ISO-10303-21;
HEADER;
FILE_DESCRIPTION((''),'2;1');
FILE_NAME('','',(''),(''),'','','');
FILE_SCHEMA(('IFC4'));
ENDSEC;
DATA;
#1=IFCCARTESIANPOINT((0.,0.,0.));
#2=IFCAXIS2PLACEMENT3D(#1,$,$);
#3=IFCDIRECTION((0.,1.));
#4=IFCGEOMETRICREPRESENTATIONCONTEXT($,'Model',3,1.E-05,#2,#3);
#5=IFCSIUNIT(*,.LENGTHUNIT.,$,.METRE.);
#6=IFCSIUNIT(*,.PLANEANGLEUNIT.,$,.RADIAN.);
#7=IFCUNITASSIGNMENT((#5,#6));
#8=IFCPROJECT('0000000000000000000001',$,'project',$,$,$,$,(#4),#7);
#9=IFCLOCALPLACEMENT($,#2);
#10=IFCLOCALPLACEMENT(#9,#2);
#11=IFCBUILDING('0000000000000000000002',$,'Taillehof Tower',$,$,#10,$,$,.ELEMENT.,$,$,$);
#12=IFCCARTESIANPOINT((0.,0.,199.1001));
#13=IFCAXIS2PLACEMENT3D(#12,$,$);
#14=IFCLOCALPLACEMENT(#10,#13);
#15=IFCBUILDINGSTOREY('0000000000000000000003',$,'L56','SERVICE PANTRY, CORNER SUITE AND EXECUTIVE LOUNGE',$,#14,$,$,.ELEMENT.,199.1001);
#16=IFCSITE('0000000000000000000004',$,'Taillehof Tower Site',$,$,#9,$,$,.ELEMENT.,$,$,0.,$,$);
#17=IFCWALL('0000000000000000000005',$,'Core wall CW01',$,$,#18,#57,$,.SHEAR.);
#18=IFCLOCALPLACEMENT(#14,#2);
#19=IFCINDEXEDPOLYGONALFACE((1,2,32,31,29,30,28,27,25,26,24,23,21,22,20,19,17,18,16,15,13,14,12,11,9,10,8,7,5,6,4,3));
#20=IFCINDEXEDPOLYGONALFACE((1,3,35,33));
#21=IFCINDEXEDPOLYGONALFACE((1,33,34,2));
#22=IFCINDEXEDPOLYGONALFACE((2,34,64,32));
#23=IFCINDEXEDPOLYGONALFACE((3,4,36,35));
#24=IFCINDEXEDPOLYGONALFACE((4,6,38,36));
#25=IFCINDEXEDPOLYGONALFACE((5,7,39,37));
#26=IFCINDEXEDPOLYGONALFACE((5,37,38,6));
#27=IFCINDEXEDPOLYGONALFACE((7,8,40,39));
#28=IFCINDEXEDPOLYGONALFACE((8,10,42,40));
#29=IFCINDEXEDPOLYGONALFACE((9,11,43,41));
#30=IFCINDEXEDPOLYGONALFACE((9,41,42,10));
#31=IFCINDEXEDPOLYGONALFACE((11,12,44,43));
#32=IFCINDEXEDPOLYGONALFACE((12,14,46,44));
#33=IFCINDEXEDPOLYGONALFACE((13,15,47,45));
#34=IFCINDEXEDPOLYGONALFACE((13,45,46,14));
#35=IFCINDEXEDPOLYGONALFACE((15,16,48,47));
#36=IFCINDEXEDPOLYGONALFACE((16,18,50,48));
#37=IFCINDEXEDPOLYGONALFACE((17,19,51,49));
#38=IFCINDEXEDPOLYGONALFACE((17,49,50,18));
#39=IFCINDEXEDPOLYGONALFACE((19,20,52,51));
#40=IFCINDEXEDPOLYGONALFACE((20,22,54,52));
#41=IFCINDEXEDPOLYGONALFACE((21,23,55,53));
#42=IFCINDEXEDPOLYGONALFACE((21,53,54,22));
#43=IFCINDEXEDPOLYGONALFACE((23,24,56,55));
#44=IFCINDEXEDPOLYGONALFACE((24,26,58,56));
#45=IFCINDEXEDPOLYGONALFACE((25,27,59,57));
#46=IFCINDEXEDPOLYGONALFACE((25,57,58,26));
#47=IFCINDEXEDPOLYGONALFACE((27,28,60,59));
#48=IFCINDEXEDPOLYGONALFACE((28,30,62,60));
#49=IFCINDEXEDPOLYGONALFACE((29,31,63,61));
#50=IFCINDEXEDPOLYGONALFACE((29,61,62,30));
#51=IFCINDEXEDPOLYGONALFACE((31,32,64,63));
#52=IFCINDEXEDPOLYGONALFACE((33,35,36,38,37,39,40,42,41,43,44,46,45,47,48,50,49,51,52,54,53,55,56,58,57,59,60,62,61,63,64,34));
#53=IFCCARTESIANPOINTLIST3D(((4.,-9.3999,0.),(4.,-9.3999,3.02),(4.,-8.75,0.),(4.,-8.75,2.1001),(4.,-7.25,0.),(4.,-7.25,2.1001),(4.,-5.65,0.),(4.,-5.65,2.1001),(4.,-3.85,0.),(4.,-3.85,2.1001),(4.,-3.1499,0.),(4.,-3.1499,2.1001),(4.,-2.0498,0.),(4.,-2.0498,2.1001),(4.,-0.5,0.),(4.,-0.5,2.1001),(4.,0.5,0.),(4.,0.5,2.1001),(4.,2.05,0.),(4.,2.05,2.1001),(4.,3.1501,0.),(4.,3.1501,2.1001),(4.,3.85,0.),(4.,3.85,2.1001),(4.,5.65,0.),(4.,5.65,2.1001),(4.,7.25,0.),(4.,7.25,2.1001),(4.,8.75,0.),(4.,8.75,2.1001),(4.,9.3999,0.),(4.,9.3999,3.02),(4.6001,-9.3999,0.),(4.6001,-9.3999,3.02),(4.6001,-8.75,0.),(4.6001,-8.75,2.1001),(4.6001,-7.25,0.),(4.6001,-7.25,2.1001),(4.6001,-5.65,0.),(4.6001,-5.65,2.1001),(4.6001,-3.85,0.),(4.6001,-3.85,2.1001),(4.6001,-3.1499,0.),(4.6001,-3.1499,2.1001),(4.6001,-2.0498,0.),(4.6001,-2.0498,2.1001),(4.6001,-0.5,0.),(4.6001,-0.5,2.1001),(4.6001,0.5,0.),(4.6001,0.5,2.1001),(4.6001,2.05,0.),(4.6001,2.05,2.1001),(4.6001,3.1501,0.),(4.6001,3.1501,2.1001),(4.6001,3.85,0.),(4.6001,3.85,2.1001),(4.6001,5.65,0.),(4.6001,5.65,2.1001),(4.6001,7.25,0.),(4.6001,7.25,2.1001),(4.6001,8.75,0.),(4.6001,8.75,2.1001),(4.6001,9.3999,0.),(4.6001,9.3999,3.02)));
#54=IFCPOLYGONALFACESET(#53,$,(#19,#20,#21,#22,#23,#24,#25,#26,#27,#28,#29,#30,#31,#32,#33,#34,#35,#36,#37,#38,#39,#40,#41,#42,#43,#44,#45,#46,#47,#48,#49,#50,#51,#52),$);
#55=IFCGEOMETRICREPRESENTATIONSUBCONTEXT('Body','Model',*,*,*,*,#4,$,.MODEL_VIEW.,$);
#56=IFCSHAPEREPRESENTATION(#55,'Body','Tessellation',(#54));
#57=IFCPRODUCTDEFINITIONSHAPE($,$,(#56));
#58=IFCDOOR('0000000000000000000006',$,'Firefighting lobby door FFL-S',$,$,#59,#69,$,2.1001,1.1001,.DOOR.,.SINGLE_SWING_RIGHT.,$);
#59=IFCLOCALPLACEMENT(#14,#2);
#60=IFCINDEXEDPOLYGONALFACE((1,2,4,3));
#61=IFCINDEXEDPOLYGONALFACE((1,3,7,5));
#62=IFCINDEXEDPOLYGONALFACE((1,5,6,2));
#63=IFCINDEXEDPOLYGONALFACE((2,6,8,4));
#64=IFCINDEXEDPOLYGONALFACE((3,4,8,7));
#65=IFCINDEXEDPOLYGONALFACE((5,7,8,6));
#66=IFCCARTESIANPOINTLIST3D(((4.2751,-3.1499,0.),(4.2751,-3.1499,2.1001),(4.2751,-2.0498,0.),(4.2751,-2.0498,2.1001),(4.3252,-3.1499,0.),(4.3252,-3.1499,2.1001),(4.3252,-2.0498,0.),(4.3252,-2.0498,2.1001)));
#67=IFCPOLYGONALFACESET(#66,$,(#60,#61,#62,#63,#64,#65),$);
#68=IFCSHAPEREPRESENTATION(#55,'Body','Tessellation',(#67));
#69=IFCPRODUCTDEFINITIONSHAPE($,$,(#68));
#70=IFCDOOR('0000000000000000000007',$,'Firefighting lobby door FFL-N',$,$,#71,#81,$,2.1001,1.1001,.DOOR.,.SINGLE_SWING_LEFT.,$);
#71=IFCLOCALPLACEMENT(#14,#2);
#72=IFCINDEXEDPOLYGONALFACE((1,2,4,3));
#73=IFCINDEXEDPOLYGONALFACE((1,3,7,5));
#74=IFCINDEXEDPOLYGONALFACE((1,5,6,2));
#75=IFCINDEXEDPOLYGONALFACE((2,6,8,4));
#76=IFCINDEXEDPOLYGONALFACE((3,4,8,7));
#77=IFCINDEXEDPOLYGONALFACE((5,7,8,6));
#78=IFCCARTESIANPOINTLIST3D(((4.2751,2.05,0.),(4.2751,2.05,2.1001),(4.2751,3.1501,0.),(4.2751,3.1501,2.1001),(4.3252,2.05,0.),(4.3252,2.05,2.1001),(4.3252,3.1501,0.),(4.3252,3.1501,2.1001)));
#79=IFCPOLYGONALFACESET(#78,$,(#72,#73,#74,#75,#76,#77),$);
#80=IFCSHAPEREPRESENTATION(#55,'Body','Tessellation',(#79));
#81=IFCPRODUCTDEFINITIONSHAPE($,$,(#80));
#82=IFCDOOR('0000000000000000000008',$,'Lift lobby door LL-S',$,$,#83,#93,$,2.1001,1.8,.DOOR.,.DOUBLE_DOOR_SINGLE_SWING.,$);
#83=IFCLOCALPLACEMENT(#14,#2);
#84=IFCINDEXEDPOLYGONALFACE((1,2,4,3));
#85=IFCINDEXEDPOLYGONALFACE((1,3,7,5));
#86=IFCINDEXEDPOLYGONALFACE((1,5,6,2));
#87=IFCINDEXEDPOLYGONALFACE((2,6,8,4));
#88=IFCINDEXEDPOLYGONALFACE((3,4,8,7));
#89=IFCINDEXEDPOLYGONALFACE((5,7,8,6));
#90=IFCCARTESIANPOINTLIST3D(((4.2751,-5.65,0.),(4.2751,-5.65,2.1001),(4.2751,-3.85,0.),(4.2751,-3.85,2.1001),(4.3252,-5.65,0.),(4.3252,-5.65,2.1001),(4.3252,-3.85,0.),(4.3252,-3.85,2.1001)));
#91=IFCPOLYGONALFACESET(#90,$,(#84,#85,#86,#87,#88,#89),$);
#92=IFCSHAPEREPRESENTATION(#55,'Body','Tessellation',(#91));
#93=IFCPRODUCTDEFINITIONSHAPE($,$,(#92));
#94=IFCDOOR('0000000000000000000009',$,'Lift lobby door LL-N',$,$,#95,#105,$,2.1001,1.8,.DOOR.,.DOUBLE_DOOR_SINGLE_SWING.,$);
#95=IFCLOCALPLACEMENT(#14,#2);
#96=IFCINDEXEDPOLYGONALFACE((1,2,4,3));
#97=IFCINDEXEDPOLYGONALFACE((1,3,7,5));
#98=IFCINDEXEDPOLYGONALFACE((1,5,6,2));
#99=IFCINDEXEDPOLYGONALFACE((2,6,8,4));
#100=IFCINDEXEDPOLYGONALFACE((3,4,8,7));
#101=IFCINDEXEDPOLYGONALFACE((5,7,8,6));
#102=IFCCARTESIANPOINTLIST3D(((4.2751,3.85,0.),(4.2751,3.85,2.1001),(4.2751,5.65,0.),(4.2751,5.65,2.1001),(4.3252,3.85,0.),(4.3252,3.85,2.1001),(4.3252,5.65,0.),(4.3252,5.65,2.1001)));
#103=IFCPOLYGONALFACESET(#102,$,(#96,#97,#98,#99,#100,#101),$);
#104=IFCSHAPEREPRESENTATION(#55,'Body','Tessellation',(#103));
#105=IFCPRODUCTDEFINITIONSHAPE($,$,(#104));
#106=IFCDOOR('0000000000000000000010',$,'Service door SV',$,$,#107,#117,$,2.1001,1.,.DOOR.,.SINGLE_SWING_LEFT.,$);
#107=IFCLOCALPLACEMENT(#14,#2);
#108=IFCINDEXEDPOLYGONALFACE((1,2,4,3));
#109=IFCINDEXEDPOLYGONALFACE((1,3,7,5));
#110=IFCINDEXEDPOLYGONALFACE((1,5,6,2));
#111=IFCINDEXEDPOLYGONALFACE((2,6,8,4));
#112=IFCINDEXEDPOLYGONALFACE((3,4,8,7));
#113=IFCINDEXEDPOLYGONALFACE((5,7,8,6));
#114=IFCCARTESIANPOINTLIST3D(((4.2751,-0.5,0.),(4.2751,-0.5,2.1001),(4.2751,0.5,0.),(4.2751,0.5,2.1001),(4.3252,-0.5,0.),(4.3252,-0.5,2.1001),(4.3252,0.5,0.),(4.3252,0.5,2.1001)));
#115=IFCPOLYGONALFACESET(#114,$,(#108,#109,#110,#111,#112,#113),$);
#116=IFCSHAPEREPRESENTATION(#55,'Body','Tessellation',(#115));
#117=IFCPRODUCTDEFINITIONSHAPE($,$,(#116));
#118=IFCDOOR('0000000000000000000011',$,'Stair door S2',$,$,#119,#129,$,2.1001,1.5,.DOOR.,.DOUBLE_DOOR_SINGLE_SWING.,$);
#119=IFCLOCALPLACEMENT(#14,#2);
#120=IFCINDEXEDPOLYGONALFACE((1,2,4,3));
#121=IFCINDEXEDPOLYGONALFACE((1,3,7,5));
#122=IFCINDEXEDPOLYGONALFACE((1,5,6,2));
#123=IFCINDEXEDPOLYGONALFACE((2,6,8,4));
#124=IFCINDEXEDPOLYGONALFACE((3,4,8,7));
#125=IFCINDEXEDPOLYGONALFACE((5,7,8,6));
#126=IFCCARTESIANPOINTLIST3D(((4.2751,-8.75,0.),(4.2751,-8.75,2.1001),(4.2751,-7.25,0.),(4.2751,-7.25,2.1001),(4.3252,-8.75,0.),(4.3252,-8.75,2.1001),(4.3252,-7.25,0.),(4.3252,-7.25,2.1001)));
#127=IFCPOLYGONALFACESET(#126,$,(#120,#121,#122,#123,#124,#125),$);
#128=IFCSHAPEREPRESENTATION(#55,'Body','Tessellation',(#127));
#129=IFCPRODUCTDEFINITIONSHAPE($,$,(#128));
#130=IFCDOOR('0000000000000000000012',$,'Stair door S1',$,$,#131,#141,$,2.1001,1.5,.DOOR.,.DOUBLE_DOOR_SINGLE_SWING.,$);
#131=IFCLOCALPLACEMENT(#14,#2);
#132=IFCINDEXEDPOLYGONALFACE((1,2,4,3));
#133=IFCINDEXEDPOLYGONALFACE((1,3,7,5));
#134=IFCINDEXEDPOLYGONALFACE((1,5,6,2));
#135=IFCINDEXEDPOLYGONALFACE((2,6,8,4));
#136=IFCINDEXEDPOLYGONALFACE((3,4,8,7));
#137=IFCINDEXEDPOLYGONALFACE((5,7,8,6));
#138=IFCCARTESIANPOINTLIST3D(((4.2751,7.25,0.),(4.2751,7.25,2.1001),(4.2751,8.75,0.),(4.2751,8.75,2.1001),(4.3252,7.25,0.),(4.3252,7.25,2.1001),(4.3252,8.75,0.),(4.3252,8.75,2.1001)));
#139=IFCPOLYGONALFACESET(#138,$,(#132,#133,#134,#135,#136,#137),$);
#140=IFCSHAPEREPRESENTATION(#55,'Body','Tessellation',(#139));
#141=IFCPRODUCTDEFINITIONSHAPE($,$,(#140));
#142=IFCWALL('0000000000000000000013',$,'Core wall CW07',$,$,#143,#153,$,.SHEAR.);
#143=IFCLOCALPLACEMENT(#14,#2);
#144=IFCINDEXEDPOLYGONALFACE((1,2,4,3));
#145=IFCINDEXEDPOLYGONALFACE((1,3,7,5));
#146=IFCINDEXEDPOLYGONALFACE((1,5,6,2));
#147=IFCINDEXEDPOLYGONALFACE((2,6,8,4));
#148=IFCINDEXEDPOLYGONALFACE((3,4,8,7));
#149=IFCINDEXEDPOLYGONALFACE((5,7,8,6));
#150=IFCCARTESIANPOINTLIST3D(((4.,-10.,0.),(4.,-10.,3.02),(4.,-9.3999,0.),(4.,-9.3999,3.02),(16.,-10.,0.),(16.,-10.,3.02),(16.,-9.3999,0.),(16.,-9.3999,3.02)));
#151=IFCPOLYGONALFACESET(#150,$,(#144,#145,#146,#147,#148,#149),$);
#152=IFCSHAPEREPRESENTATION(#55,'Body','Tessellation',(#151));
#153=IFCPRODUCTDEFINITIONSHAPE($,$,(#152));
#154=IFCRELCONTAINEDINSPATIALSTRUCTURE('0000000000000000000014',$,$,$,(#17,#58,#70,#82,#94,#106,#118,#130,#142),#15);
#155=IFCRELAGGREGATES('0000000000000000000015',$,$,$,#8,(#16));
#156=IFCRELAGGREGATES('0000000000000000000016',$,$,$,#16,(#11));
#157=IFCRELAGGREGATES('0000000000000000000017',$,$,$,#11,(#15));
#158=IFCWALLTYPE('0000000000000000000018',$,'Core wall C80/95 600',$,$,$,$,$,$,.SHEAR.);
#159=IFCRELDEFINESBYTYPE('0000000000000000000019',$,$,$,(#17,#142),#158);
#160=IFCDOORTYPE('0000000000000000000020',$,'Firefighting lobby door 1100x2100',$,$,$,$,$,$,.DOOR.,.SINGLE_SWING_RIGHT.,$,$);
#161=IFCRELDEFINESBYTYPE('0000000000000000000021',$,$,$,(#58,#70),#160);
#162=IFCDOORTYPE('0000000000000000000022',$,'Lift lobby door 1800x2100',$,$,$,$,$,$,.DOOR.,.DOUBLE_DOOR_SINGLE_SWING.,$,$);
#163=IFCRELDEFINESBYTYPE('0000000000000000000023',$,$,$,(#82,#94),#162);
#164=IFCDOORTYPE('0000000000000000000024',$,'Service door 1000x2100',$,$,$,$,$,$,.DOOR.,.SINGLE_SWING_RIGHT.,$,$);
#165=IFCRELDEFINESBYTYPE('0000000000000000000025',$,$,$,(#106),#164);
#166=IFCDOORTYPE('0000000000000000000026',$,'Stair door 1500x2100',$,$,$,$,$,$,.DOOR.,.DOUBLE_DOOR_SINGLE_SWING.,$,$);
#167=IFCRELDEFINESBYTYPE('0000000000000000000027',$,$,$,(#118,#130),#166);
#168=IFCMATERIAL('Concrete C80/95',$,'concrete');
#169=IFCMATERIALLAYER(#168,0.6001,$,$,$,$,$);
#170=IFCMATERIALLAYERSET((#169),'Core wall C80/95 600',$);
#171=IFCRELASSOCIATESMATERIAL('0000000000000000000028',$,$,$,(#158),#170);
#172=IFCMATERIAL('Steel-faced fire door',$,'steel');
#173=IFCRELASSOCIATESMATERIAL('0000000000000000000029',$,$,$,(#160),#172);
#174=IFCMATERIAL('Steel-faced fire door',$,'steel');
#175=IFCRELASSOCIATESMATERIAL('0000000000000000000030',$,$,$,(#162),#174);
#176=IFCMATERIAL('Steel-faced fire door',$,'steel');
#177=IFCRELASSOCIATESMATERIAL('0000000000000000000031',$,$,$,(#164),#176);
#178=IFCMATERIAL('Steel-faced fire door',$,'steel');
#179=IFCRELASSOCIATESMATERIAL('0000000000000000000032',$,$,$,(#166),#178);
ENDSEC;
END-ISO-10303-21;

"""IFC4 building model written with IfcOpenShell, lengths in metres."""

from ifc_helpers import new_model, si_unit, direction, frame, frame_2d, origin, place, context, subcontext, project, spatial, rectangle, extrude, material, layer, layer_set, type_object, element, fill, save


model = new_model("IFC4")

# Units and contexts
model_context = context("Model", 3, precision=1e-05, world=origin(), true_north=direction((0.0, 1.0)))
body_context = subcontext(model_context, "Body", "Model", "MODEL_VIEW")
ifc_project = project(units=[si_unit("LENGTHUNIT", "METRE"), si_unit("PLANEANGLEUNIT", "RADIAN")], contexts=[model_context])

# Site, building, storey
site_placement = place(None, origin())
site = spatial("IfcSite", under=ifc_project, at=site_placement, Name="Taillehof Tower Site", CompositionType="ELEMENT", RefElevation=0.0)
building_placement = place(site_placement, origin())
building = spatial("IfcBuilding", under=site, at=building_placement, Name="Taillehof Tower", CompositionType="ELEMENT")
storey_placement = place(building_placement, frame((0.0, 0.0, 199.1001)))
storey = spatial("IfcBuildingStorey", under=building, at=storey_placement, Name="L56", Description="SERVICE PANTRY, CORNER SUITE AND EXECUTIVE LOUNGE", CompositionType="ELEMENT", Elevation=199.1001)

# Wall, openings, doors
ifc_material_1 = material(Name="Concrete C80/95", Category="concrete")
ifc_layer_1 = layer(ifc_material_1, 0.6001)
ifc_layer_set_1 = layer_set([ifc_layer_1], Name="Core wall C80/95 600")
wall_type_1 = type_object("IfcWallType", Name="Core wall C80/95 600", PredefinedType="SHEAR", material=ifc_layer_set_1)
wall_1_placement = place(storey_placement, frame((4.3, -9.3999, 0.0), z_axis=(0.0, 0.0, 1.0), x_axis=(0.0, 1.0, 0.0)))
wall_1 = element("IfcWall", 1, at=wall_1_placement, inside=storey, type_object=wall_type_1, Name="Core wall CW01", PredefinedType="SHEAR", context=body_context, shape_type="SweptSolid", body=[
    extrude(rectangle(XDim=18.7998, YDim=0.6001, at=frame_2d((9.3999, 0.0))), origin(), (0.0, 0.0, 1.0), 3.02),
])
opening_1_placement = place(wall_1_placement, frame((0.6499, 0.0, 0.0)))
opening_1 = element("IfcOpeningElement", 2, at=opening_1_placement, cuts=wall_1, PredefinedType="OPENING", context=body_context, shape_type="SweptSolid", body=[
    extrude(rectangle(XDim=1.5, YDim=2.1001, at=frame_2d((0.75, 1.05))), frame((0.0, 0.3101, 0.0), z_axis=(0.0, -1.0, 0.0), x_axis=(1.0, 0.0, 0.0)), (0.0, 0.0, 1.0), 0.6201),
])
opening_2_placement = place(wall_1_placement, frame((3.75, 0.0, 0.0)))
opening_2 = element("IfcOpeningElement", 3, at=opening_2_placement, cuts=wall_1, PredefinedType="OPENING", context=body_context, shape_type="SweptSolid", body=[
    extrude(rectangle(XDim=1.8, YDim=2.1001, at=frame_2d((0.8999, 1.05))), frame((0.0, 0.3101, 0.0), z_axis=(0.0, -1.0, 0.0), x_axis=(1.0, 0.0, 0.0)), (0.0, 0.0, 1.0), 0.6201),
])
opening_3_placement = place(wall_1_placement, frame((6.25, 0.0, 0.0)))
opening_3 = element("IfcOpeningElement", 4, at=opening_3_placement, cuts=wall_1, PredefinedType="OPENING", context=body_context, shape_type="SweptSolid", body=[
    extrude(rectangle(XDim=1.1001, YDim=2.1001, at=frame_2d((0.55, 1.05))), frame((0.0, 0.3101, 0.0), z_axis=(0.0, -1.0, 0.0), x_axis=(1.0, 0.0, 0.0)), (0.0, 0.0, 1.0), 0.6201),
])
opening_4_placement = place(wall_1_placement, frame((8.8999, 0.0, 0.0)))
opening_4 = element("IfcOpeningElement", 5, at=opening_4_placement, cuts=wall_1, PredefinedType="OPENING", context=body_context, shape_type="SweptSolid", body=[
    extrude(rectangle(XDim=1.0, YDim=2.1001, at=frame_2d((0.5, 1.05))), frame((0.0, 0.3101, 0.0), z_axis=(0.0, -1.0, 0.0), x_axis=(1.0, 0.0, 0.0)), (0.0, 0.0, 1.0), 0.6201),
])
opening_5_placement = place(wall_1_placement, frame((11.45, 0.0, 0.0)))
opening_5 = element("IfcOpeningElement", 6, at=opening_5_placement, cuts=wall_1, PredefinedType="OPENING", context=body_context, shape_type="SweptSolid", body=[
    extrude(rectangle(XDim=1.1001, YDim=2.1001, at=frame_2d((0.55, 1.05))), frame((0.0, 0.3101, 0.0), z_axis=(0.0, -1.0, 0.0), x_axis=(1.0, 0.0, 0.0)), (0.0, 0.0, 1.0), 0.6201),
])
opening_6_placement = place(wall_1_placement, frame((13.25, 0.0, 0.0)))
opening_6 = element("IfcOpeningElement", 7, at=opening_6_placement, cuts=wall_1, PredefinedType="OPENING", context=body_context, shape_type="SweptSolid", body=[
    extrude(rectangle(XDim=1.8, YDim=2.1001, at=frame_2d((0.8999, 1.05))), frame((0.0, 0.3101, 0.0), z_axis=(0.0, -1.0, 0.0), x_axis=(1.0, 0.0, 0.0)), (0.0, 0.0, 1.0), 0.6201),
])
opening_7_placement = place(wall_1_placement, frame((16.6499, 0.0, 0.0)))
opening_7 = element("IfcOpeningElement", 8, at=opening_7_placement, cuts=wall_1, PredefinedType="OPENING", context=body_context, shape_type="SweptSolid", body=[
    extrude(rectangle(XDim=1.5, YDim=2.1001, at=frame_2d((0.75, 1.05))), frame((0.0, 0.3101, 0.0), z_axis=(0.0, -1.0, 0.0), x_axis=(1.0, 0.0, 0.0)), (0.0, 0.0, 1.0), 0.6201),
])
ifc_material_2 = material(Name="Steel-faced fire door", Category="steel")
door_type_1 = type_object("IfcDoorType", Name="Firefighting lobby door 1100x2100", OperationType="SINGLE_SWING_RIGHT", PredefinedType="DOOR", material=ifc_material_2)
door_1_placement = place(opening_3_placement, origin())
door_1 = element("IfcDoor", 9, at=door_1_placement, inside=storey, type_object=door_type_1, Name="Firefighting lobby door FFL-S", OperationType="SINGLE_SWING_RIGHT", OverallHeight=2.1001, OverallWidth=1.1001, PredefinedType="DOOR", context=body_context, shape_type="SweptSolid", body=[
    extrude(rectangle(XDim=1.1001, YDim=2.1001, at=frame_2d((0.55, 1.05))), frame((0.0, 0.0249, 0.0), z_axis=(0.0, -1.0, 0.0), x_axis=(1.0, 0.0, 0.0)), (0.0, 0.0, 1.0), 0.05),
])
fill(opening_3, door_1)
door_2_placement = place(opening_5_placement, origin())
door_2 = element("IfcDoor", 10, at=door_2_placement, inside=storey, type_object=door_type_1, Name="Firefighting lobby door FFL-N", OperationType="SINGLE_SWING_LEFT", OverallHeight=2.1001, OverallWidth=1.1001, PredefinedType="DOOR", context=body_context, shape_type="SweptSolid", body=[
    extrude(rectangle(XDim=1.1001, YDim=2.1001, at=frame_2d((0.55, 1.05))), frame((0.0, 0.0249, 0.0), z_axis=(0.0, -1.0, 0.0), x_axis=(1.0, 0.0, 0.0)), (0.0, 0.0, 1.0), 0.05),
])
fill(opening_5, door_2)
ifc_material_3 = material(Name="Steel-faced fire door", Category="steel")
door_type_2 = type_object("IfcDoorType", Name="Lift lobby door 1800x2100", OperationType="DOUBLE_DOOR_SINGLE_SWING", PredefinedType="DOOR", material=ifc_material_3)
door_3_placement = place(opening_2_placement, origin())
door_3 = element("IfcDoor", 11, at=door_3_placement, inside=storey, type_object=door_type_2, Name="Lift lobby door LL-S", OperationType="DOUBLE_DOOR_SINGLE_SWING", OverallHeight=2.1001, OverallWidth=1.8, PredefinedType="DOOR", context=body_context, shape_type="SweptSolid", body=[
    extrude(rectangle(XDim=1.8, YDim=2.1001, at=frame_2d((0.8999, 1.05))), frame((0.0, 0.0249, 0.0), z_axis=(0.0, -1.0, 0.0), x_axis=(1.0, 0.0, 0.0)), (0.0, 0.0, 1.0), 0.05),
])
fill(opening_2, door_3)
door_4_placement = place(opening_6_placement, origin())
door_4 = element("IfcDoor", 12, at=door_4_placement, inside=storey, type_object=door_type_2, Name="Lift lobby door LL-N", OperationType="DOUBLE_DOOR_SINGLE_SWING", OverallHeight=2.1001, OverallWidth=1.8, PredefinedType="DOOR", context=body_context, shape_type="SweptSolid", body=[
    extrude(rectangle(XDim=1.8, YDim=2.1001, at=frame_2d((0.8999, 1.05))), frame((0.0, 0.0249, 0.0), z_axis=(0.0, -1.0, 0.0), x_axis=(1.0, 0.0, 0.0)), (0.0, 0.0, 1.0), 0.05),
])
fill(opening_6, door_4)
ifc_material_4 = material(Name="Steel-faced fire door", Category="steel")
door_type_3 = type_object("IfcDoorType", Name="Service door 1000x2100", OperationType="SINGLE_SWING_RIGHT", PredefinedType="DOOR", material=ifc_material_4)
door_5_placement = place(opening_4_placement, origin())
door_5 = element("IfcDoor", 13, at=door_5_placement, inside=storey, type_object=door_type_3, Name="Service door SV", OperationType="SINGLE_SWING_LEFT", OverallHeight=2.1001, OverallWidth=1.0, PredefinedType="DOOR", context=body_context, shape_type="SweptSolid", body=[
    extrude(rectangle(XDim=1.0, YDim=2.1001, at=frame_2d((0.5, 1.05))), frame((0.0, 0.0249, 0.0), z_axis=(0.0, -1.0, 0.0), x_axis=(1.0, 0.0, 0.0)), (0.0, 0.0, 1.0), 0.05),
])
fill(opening_4, door_5)
ifc_material_5 = material(Name="Steel-faced fire door", Category="steel")
door_type_4 = type_object("IfcDoorType", Name="Stair door 1500x2100", OperationType="DOUBLE_DOOR_SINGLE_SWING", PredefinedType="DOOR", material=ifc_material_5)
door_6_placement = place(opening_1_placement, origin())
door_6 = element("IfcDoor", 14, at=door_6_placement, inside=storey, type_object=door_type_4, Name="Stair door S2", OperationType="DOUBLE_DOOR_SINGLE_SWING", OverallHeight=2.1001, OverallWidth=1.5, PredefinedType="DOOR", context=body_context, shape_type="SweptSolid", body=[
    extrude(rectangle(XDim=1.5, YDim=2.1001, at=frame_2d((0.75, 1.05))), frame((0.0, 0.0249, 0.0), z_axis=(0.0, -1.0, 0.0), x_axis=(1.0, 0.0, 0.0)), (0.0, 0.0, 1.0), 0.05),
])
fill(opening_1, door_6)
door_7_placement = place(opening_7_placement, origin())
door_7 = element("IfcDoor", 15, at=door_7_placement, inside=storey, type_object=door_type_4, Name="Stair door S1", OperationType="DOUBLE_DOOR_SINGLE_SWING", OverallHeight=2.1001, OverallWidth=1.5, PredefinedType="DOOR", context=body_context, shape_type="SweptSolid", body=[
    extrude(rectangle(XDim=1.5, YDim=2.1001, at=frame_2d((0.75, 1.05))), frame((0.0, 0.0249, 0.0), z_axis=(0.0, -1.0, 0.0), x_axis=(1.0, 0.0, 0.0)), (0.0, 0.0, 1.0), 0.05),
])
fill(opening_7, door_7)

# Wall
wall_2_placement = place(storey_placement, frame((4.0, -9.7, 0.0), z_axis=(0.0, 0.0, 1.0), x_axis=(1.0, 0.0, 0.0)))
element("IfcWall", 16, at=wall_2_placement, inside=storey, type_object=wall_type_1, Name="Core wall CW07", PredefinedType="SHEAR", context=body_context, shape_type="SweptSolid", body=[
    extrude(rectangle(XDim=12.0, YDim=0.6001, at=frame_2d((6.0, 0.0))), origin(), (0.0, 0.0, 1.0), 3.02),
])

save(model, "model.ifc")
